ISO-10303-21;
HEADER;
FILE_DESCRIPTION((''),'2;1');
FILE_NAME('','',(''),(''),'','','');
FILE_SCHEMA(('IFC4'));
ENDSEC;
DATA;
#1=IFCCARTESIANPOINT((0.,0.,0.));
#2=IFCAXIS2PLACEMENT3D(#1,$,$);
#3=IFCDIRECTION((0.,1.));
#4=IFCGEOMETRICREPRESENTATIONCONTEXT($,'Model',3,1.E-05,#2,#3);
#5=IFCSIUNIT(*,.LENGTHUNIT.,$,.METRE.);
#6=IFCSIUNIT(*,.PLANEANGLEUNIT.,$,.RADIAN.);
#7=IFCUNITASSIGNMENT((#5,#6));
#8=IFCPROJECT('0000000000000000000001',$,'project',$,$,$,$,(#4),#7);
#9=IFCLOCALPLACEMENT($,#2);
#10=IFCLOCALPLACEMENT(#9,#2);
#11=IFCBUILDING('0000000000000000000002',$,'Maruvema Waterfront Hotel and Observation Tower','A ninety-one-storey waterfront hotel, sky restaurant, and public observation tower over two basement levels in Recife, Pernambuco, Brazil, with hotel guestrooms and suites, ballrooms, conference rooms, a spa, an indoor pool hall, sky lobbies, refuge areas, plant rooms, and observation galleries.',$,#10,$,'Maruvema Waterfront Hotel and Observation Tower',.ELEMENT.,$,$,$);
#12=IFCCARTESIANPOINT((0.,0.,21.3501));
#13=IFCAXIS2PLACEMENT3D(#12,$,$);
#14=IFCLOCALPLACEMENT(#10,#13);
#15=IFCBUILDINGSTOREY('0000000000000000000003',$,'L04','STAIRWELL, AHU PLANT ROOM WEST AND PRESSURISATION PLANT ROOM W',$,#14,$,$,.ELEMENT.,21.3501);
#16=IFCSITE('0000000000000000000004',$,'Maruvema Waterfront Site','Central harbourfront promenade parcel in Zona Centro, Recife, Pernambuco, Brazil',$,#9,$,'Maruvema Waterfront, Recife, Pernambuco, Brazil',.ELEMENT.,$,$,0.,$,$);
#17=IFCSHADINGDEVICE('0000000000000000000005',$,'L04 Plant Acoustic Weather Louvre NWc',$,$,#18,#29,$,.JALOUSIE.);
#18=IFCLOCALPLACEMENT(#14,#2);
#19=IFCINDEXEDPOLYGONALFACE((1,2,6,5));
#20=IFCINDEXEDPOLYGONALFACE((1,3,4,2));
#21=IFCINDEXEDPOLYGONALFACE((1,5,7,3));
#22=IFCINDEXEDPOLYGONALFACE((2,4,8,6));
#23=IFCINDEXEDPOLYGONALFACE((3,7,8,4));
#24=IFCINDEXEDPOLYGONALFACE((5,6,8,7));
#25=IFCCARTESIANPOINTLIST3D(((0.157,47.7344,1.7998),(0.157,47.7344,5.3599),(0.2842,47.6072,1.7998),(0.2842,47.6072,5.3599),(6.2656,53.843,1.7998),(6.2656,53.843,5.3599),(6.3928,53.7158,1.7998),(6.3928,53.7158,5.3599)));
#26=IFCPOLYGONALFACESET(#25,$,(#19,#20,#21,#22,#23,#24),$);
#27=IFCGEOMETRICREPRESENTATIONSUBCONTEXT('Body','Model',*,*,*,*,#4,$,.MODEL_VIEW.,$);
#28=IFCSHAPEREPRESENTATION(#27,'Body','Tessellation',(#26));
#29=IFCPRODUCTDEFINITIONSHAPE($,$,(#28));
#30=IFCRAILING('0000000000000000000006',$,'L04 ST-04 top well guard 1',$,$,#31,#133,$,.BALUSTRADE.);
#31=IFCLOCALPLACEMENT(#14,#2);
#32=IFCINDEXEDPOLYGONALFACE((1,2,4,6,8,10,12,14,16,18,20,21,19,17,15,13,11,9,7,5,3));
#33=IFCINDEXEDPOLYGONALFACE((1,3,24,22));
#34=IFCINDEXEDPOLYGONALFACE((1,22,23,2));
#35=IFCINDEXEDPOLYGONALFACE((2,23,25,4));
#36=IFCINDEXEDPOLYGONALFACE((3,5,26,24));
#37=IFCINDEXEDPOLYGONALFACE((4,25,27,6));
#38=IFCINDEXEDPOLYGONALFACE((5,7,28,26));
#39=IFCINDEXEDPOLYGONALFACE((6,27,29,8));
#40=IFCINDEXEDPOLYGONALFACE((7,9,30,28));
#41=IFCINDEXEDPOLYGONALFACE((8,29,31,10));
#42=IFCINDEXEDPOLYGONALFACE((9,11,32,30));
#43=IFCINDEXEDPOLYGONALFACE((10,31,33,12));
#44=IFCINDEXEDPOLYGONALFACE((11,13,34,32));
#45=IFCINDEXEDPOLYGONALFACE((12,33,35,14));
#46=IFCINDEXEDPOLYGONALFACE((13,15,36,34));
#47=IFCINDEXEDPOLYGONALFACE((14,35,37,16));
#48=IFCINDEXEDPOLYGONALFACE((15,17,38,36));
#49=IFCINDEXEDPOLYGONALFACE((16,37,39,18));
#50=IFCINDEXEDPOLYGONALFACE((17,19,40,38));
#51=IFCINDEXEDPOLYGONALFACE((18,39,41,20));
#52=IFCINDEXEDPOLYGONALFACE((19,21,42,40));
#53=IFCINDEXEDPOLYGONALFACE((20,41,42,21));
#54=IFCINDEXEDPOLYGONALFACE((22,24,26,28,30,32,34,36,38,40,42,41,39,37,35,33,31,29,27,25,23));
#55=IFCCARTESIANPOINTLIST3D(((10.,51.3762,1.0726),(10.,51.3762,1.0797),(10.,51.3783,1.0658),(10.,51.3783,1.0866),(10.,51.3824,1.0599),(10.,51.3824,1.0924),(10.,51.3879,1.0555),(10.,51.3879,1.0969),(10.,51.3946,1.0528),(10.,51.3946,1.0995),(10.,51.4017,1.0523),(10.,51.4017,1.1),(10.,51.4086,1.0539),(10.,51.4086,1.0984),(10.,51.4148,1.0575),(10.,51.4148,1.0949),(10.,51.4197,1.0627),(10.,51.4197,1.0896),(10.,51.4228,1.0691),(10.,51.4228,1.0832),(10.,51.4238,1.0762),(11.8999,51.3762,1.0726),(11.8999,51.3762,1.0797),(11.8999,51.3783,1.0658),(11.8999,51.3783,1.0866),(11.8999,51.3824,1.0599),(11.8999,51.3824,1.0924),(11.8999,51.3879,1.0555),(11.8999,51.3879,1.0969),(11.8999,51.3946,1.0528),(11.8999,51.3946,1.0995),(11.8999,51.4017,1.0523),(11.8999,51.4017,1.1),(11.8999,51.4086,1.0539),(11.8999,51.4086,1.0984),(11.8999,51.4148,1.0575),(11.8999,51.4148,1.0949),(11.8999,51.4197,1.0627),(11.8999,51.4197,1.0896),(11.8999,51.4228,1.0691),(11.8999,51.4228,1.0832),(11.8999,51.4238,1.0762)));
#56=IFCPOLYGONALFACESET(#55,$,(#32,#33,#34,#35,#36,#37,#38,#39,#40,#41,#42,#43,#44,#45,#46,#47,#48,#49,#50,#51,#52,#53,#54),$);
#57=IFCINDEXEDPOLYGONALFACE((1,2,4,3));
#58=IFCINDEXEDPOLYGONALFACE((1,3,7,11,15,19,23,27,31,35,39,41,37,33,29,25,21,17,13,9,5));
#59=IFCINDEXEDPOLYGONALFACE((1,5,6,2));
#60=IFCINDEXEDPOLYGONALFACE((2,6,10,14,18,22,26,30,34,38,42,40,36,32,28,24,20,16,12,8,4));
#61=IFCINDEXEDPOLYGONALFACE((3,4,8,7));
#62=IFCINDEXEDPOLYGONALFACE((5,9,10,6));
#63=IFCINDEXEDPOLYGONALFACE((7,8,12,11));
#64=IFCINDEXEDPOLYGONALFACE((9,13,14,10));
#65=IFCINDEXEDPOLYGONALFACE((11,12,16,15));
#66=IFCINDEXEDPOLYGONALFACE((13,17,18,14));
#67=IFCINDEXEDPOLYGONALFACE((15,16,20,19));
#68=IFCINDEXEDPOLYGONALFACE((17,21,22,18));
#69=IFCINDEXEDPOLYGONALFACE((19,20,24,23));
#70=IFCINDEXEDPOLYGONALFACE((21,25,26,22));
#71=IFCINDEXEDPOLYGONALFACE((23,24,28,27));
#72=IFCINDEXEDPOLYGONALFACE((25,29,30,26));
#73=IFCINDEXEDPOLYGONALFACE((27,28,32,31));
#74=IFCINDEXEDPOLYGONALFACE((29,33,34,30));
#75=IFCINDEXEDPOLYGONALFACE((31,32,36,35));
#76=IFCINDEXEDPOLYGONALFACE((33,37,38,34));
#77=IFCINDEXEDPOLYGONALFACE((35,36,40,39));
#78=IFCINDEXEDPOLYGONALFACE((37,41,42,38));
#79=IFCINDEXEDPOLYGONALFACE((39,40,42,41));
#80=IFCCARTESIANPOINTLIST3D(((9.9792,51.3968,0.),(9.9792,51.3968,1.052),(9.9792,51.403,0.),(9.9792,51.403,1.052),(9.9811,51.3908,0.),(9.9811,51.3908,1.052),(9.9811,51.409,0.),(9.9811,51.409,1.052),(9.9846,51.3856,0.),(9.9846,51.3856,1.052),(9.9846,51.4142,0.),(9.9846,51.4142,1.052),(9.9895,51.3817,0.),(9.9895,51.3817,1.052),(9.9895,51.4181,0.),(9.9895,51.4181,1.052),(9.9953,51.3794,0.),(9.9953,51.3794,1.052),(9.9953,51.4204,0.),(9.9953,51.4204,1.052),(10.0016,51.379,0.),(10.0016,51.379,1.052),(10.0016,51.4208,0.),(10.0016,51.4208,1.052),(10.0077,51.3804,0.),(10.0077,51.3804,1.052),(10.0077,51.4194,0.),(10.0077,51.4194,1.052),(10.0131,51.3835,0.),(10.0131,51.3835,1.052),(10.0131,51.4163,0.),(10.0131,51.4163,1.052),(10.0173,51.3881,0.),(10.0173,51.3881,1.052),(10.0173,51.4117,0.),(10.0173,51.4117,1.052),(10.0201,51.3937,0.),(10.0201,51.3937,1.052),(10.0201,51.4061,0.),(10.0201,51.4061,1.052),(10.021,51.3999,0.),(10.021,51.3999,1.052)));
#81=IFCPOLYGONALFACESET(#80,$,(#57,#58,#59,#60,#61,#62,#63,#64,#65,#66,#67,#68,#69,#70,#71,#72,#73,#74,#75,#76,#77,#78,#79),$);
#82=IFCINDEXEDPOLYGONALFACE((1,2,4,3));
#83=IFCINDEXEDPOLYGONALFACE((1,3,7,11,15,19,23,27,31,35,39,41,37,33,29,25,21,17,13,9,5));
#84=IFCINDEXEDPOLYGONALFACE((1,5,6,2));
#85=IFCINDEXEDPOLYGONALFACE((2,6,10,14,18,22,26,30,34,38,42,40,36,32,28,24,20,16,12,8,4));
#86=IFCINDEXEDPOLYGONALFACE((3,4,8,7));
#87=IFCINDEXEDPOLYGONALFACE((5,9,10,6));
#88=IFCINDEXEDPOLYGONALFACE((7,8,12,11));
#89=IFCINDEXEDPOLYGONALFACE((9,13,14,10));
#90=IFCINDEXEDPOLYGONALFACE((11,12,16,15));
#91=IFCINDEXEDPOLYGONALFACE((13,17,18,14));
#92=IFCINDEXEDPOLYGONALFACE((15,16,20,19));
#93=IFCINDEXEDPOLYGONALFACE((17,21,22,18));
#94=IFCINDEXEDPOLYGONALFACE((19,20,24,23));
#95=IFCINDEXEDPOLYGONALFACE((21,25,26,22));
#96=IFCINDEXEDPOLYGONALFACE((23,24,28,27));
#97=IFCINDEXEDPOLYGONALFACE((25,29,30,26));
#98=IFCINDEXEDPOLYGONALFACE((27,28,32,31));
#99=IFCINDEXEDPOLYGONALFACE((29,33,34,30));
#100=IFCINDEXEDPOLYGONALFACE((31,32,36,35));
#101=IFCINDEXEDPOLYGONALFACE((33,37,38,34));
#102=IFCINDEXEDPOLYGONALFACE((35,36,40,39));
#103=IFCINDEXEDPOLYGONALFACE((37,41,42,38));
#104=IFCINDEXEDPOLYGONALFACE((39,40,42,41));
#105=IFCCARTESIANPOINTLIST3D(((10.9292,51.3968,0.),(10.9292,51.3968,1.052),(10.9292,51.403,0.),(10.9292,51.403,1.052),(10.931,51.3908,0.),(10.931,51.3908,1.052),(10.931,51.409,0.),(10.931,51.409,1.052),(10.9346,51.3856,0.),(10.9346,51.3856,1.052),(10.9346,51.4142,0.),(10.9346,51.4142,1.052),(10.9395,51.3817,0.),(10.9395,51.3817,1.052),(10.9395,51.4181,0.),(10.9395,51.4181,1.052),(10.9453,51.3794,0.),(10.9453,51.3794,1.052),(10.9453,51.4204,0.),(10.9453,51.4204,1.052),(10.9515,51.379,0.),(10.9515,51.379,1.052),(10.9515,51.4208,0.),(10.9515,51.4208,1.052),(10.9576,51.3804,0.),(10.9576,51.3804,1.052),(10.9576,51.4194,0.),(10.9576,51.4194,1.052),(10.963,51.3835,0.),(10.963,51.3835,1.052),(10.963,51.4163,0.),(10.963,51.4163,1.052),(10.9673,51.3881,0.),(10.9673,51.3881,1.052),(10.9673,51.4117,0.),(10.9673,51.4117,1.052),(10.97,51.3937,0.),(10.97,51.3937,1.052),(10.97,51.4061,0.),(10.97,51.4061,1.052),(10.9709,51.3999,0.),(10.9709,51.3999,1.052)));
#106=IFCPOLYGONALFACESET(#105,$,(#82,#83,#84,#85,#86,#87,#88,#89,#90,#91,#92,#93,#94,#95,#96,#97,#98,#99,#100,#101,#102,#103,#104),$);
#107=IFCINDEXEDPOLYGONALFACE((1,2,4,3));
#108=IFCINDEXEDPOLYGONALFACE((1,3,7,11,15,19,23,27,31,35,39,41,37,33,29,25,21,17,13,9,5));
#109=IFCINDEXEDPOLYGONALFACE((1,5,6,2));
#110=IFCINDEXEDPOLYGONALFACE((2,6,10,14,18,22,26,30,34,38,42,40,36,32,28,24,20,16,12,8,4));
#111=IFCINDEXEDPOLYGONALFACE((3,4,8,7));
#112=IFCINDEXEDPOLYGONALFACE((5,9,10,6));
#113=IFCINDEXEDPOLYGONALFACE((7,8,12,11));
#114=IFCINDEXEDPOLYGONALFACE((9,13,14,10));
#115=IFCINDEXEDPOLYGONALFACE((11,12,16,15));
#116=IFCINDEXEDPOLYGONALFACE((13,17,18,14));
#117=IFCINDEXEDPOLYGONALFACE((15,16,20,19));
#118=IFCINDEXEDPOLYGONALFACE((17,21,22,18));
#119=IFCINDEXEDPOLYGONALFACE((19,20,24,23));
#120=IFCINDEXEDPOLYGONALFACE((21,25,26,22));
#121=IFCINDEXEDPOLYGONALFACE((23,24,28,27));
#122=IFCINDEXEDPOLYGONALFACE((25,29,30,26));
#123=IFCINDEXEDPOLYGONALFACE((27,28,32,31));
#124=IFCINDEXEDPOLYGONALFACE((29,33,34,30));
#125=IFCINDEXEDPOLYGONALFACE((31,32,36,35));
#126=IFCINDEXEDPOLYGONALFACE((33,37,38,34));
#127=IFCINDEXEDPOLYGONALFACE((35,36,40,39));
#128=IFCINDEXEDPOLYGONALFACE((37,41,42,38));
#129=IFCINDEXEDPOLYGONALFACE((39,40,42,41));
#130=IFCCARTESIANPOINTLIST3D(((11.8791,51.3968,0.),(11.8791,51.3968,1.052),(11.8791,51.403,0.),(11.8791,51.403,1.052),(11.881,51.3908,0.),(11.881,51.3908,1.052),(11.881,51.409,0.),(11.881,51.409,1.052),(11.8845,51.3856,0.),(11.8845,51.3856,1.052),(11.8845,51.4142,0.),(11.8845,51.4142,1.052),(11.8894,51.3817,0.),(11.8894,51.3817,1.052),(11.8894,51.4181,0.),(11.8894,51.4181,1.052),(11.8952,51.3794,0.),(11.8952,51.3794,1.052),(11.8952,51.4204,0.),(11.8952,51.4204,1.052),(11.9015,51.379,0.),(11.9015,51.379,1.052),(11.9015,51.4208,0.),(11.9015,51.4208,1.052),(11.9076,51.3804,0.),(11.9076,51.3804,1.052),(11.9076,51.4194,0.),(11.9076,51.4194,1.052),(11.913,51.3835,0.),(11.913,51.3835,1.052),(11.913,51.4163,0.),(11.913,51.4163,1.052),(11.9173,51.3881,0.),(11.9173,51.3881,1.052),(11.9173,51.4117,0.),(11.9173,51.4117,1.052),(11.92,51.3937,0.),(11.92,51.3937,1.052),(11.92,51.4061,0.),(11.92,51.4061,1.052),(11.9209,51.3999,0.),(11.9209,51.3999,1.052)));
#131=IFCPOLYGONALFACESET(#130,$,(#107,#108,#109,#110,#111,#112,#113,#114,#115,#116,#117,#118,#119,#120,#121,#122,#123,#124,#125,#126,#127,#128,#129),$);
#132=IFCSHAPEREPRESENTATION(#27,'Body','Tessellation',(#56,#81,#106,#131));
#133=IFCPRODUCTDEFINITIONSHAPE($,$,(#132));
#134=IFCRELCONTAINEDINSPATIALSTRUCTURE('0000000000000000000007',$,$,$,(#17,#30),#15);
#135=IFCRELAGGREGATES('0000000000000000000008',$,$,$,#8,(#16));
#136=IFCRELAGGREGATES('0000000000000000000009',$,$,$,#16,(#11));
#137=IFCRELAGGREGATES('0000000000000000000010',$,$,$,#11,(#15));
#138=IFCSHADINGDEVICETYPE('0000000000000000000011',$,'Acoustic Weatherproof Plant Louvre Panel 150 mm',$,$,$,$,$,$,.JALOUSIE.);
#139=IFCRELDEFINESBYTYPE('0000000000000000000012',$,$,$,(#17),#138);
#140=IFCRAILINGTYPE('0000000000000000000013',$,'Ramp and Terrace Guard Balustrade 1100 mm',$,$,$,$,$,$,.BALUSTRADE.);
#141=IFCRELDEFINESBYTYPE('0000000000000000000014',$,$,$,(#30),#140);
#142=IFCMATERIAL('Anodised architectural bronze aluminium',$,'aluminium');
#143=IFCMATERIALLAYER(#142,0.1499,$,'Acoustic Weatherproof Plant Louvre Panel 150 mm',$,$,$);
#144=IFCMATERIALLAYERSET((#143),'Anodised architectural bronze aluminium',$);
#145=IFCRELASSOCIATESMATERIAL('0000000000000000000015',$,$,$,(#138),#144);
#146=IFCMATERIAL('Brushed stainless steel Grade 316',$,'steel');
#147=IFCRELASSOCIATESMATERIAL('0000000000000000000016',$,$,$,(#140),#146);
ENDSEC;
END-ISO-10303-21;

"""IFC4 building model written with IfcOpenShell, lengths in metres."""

from ifc_helpers import new_model, si_unit, direction, frame, origin, origin_2d, place, context, subcontext, project, spatial, rectangle, circle, extrude, material, layer, layer_set, type_object, element, save


model = new_model("IFC4")

# Units and contexts
model_context = context("Model", 3, precision=1e-05, world=origin(), true_north=direction((0.0, 1.0)))
body_context = subcontext(model_context, "Body", "Model", "MODEL_VIEW")
ifc_project = project(units=[si_unit("LENGTHUNIT", "METRE"), si_unit("PLANEANGLEUNIT", "RADIAN")], contexts=[model_context])

# Site, building, storey
site_placement = place(None, origin())
site = spatial("IfcSite", under=ifc_project, at=site_placement, Name="Maruvema Waterfront Site", Description="Central harbourfront promenade parcel in Zona Centro, Recife, Pernambuco, Brazil", LongName="Maruvema Waterfront, Recife, Pernambuco, Brazil", CompositionType="ELEMENT", RefElevation=0.0)
building_placement = place(site_placement, origin())
building = spatial("IfcBuilding", under=site, at=building_placement, Name="Maruvema Waterfront Hotel and Observation Tower", Description="A ninety-one-storey waterfront hotel, sky restaurant, and public observation tower over two basement levels in Recife, Pernambuco, Brazil, with hotel guestrooms and suites, ballrooms, conference rooms, a spa, an indoor pool hall, sky lobbies, refuge areas, plant rooms, and observation galleries.", LongName="Maruvema Waterfront Hotel and Observation Tower", CompositionType="ELEMENT")
storey_placement = place(building_placement, frame((0.0, 0.0, 21.3501)))
storey = spatial("IfcBuildingStorey", under=building, at=storey_placement, Name="L04", Description="STAIRWELL, AHU PLANT ROOM WEST AND PRESSURISATION PLANT ROOM W", CompositionType="ELEMENT", Elevation=21.3501)

# Shading device
ifc_material_1 = material(Name="Anodised architectural bronze aluminium", Category="aluminium")
ifc_layer_1 = layer(ifc_material_1, 0.1499, Name="Acoustic Weatherproof Plant Louvre Panel 150 mm")
ifc_layer_set_1 = layer_set([ifc_layer_1], Name="Anodised architectural bronze aluminium")
shading_device_type = type_object("IfcShadingDeviceType", Name="Acoustic Weatherproof Plant Louvre Panel 150 mm", PredefinedType="JALOUSIE", material=ifc_layer_set_1)
shading_device_placement = place(storey_placement, frame((3.2749, 50.7251, 1.7998), z_axis=(0.0, 0.0, 1.0), x_axis=(-0.707107, -0.707107, 0.0)))
element("IfcShadingDevice", 1, at=shading_device_placement, inside=storey, type_object=shading_device_type, Name="L04 Plant Acoustic Weather Louvre NWc", PredefinedType="JALOUSIE", context=body_context, shape_type="SweptSolid", body=[
    extrude(rectangle(XDim=8.6389, YDim=0.1799, at=origin_2d()), origin(), (0.0, 0.0, 1.0), 3.5601),
])

# Railing
ifc_material_2 = material(Name="Brushed stainless steel Grade 316", Category="steel")
railing_type = type_object("IfcRailingType", Name="Ramp and Terrace Guard Balustrade 1100 mm", PredefinedType="BALUSTRADE", material=ifc_material_2)
railing_placement = place(storey_placement, frame((10.0, 51.3999, 0.0)))
element("IfcRailing", 2, at=railing_placement, inside=storey, type_object=railing_type, Name="L04 ST-04 top well guard 1", PredefinedType="BALUSTRADE", context=body_context, shape_type="SweptSolid", body=[
    extrude(circle(Radius=0.0239, at=origin_2d()), frame((0.0, 0.0, 1.0762), z_axis=(1.0, 0.0, 0.0), x_axis=(0.0, 1.0, 0.0)), (0.0, 0.0, 1.0), 1.8999),
    extrude(circle(Radius=0.021, at=origin_2d()), origin(), (0.0, 0.0, 1.0), 1.052),
    extrude(circle(Radius=0.021, at=origin_2d()), frame((0.95, 0.0, 0.0)), (0.0, 0.0, 1.0), 1.052),
    extrude(circle(Radius=0.021, at=origin_2d()), frame((1.8999, 0.0, 0.0)), (0.0, 0.0, 1.0), 1.052),
])

save(model, "model.ifc")
